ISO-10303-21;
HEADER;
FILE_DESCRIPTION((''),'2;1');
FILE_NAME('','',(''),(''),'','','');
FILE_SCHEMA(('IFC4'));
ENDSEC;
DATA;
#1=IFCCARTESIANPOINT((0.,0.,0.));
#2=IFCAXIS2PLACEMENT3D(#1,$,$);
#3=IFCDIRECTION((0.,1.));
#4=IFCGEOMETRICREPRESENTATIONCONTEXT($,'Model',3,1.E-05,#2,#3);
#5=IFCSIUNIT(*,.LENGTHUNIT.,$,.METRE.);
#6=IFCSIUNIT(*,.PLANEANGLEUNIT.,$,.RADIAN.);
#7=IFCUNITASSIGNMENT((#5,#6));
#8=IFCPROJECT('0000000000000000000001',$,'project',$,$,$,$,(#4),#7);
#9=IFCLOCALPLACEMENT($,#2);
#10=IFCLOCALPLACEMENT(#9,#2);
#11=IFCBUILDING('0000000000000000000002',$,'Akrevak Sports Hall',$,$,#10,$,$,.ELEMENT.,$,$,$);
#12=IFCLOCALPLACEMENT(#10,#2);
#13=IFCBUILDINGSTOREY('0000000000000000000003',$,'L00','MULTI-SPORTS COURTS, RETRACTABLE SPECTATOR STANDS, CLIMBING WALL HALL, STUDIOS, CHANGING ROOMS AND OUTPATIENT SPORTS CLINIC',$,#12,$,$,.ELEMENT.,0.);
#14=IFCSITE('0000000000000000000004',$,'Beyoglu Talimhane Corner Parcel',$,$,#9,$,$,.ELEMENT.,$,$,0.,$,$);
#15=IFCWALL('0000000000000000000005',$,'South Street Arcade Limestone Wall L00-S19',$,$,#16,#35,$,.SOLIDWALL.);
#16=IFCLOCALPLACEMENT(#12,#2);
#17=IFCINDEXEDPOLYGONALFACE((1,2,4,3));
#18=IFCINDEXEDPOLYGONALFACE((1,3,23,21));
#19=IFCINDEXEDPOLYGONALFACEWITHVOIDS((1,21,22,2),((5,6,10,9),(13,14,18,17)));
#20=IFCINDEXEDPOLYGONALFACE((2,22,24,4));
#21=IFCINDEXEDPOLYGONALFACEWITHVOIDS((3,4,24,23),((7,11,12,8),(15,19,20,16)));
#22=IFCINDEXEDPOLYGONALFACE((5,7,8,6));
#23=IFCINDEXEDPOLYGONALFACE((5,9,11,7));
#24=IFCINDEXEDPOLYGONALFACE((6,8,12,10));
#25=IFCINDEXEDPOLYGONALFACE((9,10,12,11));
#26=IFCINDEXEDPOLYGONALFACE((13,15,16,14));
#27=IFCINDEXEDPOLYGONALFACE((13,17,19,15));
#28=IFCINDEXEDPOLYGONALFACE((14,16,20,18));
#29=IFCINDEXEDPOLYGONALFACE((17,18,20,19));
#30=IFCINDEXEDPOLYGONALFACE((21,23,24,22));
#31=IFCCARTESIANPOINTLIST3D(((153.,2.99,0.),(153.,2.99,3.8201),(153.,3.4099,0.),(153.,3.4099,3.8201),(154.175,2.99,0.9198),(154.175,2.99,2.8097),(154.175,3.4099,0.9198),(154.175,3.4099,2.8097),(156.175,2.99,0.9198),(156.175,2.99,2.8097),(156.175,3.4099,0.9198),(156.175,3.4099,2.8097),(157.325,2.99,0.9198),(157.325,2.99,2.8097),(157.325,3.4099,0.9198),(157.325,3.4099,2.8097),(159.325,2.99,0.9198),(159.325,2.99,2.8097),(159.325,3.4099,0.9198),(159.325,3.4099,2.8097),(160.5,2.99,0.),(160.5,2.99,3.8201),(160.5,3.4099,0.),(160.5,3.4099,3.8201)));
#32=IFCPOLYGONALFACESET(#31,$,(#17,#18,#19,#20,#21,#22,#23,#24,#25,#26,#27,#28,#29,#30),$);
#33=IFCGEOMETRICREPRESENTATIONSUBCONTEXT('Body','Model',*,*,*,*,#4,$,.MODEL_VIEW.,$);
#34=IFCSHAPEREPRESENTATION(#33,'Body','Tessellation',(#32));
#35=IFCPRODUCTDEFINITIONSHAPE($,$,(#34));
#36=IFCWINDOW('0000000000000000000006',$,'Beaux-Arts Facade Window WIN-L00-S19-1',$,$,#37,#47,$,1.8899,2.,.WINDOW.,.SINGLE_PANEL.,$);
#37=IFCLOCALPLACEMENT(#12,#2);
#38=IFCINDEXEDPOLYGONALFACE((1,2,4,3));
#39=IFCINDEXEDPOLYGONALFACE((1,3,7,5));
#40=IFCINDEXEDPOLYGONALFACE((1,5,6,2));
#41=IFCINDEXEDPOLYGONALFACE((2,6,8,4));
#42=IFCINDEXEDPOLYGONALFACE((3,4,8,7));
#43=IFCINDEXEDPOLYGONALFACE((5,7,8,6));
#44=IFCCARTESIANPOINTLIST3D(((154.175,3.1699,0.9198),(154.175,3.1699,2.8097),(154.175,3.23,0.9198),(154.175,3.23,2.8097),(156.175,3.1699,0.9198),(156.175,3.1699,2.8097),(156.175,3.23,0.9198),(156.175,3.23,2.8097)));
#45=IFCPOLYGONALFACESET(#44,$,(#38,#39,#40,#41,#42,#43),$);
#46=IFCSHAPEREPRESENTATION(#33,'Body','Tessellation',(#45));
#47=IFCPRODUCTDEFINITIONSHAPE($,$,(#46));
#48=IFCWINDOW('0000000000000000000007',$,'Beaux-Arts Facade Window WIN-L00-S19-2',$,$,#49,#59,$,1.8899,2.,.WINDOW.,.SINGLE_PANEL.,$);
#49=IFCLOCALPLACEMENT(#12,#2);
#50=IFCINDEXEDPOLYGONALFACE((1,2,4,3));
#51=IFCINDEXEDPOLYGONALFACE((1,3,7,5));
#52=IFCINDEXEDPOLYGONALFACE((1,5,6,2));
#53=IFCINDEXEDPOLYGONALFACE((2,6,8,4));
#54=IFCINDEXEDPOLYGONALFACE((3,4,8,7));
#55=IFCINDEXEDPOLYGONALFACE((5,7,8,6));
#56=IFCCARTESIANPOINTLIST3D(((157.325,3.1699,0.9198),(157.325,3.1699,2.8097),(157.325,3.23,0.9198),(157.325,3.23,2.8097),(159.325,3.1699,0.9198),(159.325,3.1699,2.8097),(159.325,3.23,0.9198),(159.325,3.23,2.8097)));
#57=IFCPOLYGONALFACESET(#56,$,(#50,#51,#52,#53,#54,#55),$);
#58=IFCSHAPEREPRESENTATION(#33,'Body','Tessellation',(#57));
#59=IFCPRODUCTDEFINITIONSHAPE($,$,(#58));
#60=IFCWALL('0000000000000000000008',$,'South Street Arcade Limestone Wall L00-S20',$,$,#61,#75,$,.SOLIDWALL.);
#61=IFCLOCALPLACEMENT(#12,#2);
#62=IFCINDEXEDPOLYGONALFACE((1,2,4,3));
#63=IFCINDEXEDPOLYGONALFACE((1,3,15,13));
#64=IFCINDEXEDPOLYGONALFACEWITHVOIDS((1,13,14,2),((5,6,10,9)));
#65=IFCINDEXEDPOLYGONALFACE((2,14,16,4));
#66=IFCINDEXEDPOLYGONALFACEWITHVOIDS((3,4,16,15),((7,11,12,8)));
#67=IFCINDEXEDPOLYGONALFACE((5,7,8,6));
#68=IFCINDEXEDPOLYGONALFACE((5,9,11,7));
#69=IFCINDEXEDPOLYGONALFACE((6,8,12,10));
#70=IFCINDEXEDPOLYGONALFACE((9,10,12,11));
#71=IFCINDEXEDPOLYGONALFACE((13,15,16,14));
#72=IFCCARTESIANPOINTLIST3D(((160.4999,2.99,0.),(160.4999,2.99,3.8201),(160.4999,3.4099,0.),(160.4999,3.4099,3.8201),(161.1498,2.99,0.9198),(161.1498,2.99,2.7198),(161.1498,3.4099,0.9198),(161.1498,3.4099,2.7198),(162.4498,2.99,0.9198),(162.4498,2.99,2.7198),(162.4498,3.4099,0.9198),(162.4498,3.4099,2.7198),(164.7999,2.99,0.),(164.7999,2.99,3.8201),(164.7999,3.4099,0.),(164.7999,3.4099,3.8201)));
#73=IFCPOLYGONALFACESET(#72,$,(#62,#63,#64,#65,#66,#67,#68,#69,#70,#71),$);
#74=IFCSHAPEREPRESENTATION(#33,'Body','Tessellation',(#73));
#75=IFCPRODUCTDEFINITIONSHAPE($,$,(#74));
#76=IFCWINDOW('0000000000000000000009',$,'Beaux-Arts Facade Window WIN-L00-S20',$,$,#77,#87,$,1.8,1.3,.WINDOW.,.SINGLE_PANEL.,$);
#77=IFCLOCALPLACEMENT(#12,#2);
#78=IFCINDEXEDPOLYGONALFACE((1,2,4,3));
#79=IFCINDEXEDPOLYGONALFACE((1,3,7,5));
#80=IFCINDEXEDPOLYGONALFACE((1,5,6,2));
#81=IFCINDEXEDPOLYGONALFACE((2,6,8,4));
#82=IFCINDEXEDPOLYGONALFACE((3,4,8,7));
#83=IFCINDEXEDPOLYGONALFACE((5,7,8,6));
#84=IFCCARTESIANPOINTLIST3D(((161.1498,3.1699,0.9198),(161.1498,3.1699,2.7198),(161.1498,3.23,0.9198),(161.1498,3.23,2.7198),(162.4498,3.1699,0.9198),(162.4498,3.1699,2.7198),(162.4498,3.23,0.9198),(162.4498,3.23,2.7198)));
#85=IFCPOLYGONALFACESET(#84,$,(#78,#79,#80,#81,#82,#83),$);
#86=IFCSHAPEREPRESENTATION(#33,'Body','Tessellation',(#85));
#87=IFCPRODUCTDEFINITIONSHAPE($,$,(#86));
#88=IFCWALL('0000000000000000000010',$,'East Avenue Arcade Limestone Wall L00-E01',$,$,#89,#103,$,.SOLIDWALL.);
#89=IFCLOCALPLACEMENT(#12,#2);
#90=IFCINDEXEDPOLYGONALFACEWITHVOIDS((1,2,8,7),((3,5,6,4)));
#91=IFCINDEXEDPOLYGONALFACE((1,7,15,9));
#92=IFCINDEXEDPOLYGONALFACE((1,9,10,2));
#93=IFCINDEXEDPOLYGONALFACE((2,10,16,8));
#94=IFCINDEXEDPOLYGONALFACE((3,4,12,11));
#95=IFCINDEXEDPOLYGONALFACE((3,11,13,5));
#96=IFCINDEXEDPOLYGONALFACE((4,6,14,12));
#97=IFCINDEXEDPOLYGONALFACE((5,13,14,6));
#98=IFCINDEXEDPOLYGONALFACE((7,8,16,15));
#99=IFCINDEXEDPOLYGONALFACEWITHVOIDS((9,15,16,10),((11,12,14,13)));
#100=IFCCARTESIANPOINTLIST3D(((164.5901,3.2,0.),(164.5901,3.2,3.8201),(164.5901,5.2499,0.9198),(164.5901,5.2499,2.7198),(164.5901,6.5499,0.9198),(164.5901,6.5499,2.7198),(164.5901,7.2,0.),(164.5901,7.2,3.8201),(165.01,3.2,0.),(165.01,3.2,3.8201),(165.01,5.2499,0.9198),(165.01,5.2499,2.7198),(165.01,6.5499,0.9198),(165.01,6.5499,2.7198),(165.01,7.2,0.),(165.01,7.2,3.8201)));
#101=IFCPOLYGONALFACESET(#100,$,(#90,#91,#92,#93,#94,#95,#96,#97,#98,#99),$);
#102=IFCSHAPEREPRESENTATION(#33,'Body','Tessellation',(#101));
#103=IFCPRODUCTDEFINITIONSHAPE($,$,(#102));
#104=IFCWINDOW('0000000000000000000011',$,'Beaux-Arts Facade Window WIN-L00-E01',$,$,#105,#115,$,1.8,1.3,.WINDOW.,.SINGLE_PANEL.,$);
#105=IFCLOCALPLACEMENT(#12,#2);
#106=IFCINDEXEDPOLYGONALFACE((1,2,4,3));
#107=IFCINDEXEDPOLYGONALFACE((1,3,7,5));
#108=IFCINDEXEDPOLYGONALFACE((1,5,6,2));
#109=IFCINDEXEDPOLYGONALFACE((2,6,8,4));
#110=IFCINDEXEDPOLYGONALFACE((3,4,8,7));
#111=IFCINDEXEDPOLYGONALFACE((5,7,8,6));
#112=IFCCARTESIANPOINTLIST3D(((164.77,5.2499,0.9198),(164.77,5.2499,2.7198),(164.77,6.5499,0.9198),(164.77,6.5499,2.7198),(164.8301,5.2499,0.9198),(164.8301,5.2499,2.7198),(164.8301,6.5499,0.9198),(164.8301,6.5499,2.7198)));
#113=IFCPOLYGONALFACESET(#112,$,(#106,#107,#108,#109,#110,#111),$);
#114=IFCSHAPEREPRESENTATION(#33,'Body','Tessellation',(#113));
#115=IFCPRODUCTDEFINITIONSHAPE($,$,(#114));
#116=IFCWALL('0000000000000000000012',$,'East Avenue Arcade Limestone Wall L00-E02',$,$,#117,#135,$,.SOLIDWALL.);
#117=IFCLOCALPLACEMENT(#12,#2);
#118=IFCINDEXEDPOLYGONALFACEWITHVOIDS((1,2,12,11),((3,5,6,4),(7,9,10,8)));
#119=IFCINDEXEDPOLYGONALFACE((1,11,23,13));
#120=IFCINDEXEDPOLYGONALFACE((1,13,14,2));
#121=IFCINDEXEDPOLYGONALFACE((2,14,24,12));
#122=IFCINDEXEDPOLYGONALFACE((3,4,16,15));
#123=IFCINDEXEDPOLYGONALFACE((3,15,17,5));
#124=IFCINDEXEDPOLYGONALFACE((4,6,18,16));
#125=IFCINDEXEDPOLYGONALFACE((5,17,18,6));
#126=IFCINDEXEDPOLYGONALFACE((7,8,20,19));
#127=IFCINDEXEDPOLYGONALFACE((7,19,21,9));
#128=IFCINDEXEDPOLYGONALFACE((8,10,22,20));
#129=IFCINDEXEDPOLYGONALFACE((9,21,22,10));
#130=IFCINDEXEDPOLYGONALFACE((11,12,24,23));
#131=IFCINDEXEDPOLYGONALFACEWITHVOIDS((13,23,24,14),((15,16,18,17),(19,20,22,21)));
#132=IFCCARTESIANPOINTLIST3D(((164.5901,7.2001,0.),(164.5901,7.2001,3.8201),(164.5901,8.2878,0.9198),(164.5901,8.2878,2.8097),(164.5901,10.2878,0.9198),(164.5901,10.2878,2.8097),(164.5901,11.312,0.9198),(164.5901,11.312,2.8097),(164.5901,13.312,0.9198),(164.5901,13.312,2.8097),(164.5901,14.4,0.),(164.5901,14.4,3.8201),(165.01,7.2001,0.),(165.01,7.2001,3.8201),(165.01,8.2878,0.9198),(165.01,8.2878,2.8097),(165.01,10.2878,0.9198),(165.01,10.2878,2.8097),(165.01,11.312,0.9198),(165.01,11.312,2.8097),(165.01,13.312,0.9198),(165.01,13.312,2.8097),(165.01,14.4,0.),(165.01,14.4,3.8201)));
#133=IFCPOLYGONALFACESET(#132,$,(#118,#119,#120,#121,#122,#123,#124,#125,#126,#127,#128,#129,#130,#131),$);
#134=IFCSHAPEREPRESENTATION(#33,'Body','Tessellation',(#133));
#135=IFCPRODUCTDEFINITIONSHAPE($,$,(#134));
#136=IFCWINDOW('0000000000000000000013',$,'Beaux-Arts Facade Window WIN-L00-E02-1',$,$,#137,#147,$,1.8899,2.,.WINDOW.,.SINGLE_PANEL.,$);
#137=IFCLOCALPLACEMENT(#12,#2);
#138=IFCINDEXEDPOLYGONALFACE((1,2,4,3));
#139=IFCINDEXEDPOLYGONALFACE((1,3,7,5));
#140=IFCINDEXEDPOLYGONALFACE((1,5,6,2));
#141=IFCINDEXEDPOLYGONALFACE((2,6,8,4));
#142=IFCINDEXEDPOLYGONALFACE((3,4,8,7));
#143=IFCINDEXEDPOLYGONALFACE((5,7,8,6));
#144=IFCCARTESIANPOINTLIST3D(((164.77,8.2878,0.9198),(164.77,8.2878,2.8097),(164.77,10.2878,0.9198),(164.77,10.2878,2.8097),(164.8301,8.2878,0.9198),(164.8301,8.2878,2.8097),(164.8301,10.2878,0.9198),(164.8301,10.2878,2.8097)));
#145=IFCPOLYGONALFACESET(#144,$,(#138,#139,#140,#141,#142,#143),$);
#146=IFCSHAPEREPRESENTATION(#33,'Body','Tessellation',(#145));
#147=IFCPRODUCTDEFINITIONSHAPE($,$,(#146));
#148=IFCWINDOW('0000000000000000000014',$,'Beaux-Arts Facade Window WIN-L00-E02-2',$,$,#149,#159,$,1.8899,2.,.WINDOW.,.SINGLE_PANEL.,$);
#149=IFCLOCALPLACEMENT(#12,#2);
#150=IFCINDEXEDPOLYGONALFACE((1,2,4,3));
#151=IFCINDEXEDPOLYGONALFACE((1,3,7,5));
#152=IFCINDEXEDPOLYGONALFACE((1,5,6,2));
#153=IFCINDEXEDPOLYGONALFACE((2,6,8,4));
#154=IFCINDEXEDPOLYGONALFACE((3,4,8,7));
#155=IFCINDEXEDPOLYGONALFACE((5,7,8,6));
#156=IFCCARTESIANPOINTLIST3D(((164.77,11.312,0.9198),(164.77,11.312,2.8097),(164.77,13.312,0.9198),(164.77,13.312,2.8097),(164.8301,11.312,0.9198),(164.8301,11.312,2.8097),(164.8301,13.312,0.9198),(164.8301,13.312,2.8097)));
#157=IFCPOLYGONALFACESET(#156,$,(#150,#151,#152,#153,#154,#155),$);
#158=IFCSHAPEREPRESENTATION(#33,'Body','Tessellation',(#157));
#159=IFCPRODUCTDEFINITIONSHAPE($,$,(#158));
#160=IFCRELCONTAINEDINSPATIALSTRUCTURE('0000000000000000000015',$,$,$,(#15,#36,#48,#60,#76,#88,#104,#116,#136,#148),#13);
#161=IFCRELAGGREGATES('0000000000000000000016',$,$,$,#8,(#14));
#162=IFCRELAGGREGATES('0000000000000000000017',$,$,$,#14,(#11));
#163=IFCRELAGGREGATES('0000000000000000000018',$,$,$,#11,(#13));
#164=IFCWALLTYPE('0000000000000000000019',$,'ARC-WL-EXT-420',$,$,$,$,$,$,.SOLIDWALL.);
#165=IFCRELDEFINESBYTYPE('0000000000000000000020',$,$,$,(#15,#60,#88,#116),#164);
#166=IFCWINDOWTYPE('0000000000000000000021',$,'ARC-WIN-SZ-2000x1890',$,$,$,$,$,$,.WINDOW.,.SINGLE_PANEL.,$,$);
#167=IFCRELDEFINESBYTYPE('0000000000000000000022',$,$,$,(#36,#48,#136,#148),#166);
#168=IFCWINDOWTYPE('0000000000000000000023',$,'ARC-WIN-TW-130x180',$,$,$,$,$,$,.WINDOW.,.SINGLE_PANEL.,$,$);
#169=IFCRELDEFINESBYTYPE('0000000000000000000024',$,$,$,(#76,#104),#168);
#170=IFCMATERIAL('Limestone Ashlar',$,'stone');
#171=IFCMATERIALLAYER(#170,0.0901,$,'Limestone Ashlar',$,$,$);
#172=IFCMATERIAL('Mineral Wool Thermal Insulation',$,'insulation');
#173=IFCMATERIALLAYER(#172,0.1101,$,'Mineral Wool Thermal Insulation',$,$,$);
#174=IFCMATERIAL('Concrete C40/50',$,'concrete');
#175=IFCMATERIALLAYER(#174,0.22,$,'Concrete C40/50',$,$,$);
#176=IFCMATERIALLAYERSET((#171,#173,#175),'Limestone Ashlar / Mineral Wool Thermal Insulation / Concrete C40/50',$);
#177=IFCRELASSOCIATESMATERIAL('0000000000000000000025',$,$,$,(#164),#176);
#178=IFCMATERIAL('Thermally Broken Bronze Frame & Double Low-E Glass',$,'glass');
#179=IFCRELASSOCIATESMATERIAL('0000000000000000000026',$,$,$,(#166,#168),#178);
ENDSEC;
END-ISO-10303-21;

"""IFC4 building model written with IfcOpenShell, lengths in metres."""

from ifc_helpers import new_model, si_unit, direction, frame, frame_2d, origin, place, context, subcontext, project, spatial, rectangle, extrude, material, layer, layer_set, type_object, element, fill, save


model = new_model("IFC4")

# Units and contexts
model_context = context("Model", 3, precision=1e-05, world=origin(), true_north=direction((0.0, 1.0)))
body_context = subcontext(model_context, "Body", "Model", "MODEL_VIEW")
ifc_project = project(units=[si_unit("LENGTHUNIT", "METRE"), si_unit("PLANEANGLEUNIT", "RADIAN")], contexts=[model_context])

# Site, building, storey
site_placement = place(None, origin())
site = spatial("IfcSite", under=ifc_project, at=site_placement, Name="Beyoglu Talimhane Corner Parcel", CompositionType="ELEMENT", RefElevation=0.0)
building_placement = place(site_placement, origin())
building = spatial("IfcBuilding", under=site, at=building_placement, Name="Akrevak Sports Hall", CompositionType="ELEMENT")
storey_placement = place(building_placement, origin())
storey = spatial("IfcBuildingStorey", under=building, at=storey_placement, Name="L00", Description="MULTI-SPORTS COURTS, RETRACTABLE SPECTATOR STANDS, CLIMBING WALL HALL, STUDIOS, CHANGING ROOMS AND OUTPATIENT SPORTS CLINIC", CompositionType="ELEMENT", Elevation=0.0)

# Shared definitions
ifc_material_1 = material(Name="Concrete C40/50", Category="concrete")

# Wall, openings, windows
ifc_material_2 = material(Name="Limestone Ashlar", Category="stone")
ifc_layer_1 = layer(ifc_material_2, 0.0901, Name="Limestone Ashlar")
ifc_material_3 = material(Name="Mineral Wool Thermal Insulation", Category="insulation")
ifc_layer_2 = layer(ifc_material_3, 0.1101, Name="Mineral Wool Thermal Insulation")
ifc_layer_3 = layer(ifc_material_1, 0.22, Name="Concrete C40/50")
ifc_layer_set_1 = layer_set([ifc_layer_1, ifc_layer_2, ifc_layer_3], Name="Limestone Ashlar / Mineral Wool Thermal Insulation / Concrete C40/50")
wall_type_1 = type_object("IfcWallType", Name="ARC-WL-EXT-420", PredefinedType="SOLIDWALL", material=ifc_layer_set_1)
ifc_material_4 = material(Name="Thermally Broken Bronze Frame & Double Low-E Glass", Category="glass")
window_type_1 = type_object("IfcWindowType", Name="ARC-WIN-SZ-2000x1890", PartitioningType="SINGLE_PANEL", PredefinedType="WINDOW", material=ifc_material_4)
wall_1_placement = place(storey_placement, frame((153.0, 3.2, 0.0), z_axis=(0.0, 0.0, 1.0), x_axis=(1.0, 0.0, 0.0)))
wall_1 = element("IfcWall", 1, at=wall_1_placement, inside=storey, type_object=wall_type_1, Name="South Street Arcade Limestone Wall L00-S19", PredefinedType="SOLIDWALL", context=body_context, shape_type="SweptSolid", body=[
    extrude(rectangle(XDim=7.5, YDim=0.4199, at=frame_2d((3.75, 0.0))), origin(), (0.0, 0.0, 1.0), 3.8201),
])
opening_1_placement = place(wall_1_placement, frame((1.175, 0.0, 0.9199)))
opening_1 = element("IfcOpeningElement", 2, at=opening_1_placement, cuts=wall_1, PredefinedType="OPENING", context=body_context, shape_type="SweptSolid", body=[
    extrude(rectangle(XDim=2.0, YDim=1.8899, at=frame_2d((1.0, 0.9448))), frame((0.0, 0.2219, 0.0), z_axis=(0.0, -1.0, 0.0), x_axis=(1.0, 0.0, 0.0)), (0.0, 0.0, 1.0), 0.4438),
])
opening_2_placement = place(wall_1_placement, frame((4.325, 0.0, 0.9199)))
opening_2 = element("IfcOpeningElement", 3, at=opening_2_placement, cuts=wall_1, PredefinedType="OPENING", context=body_context, shape_type="SweptSolid", body=[
    extrude(rectangle(XDim=2.0, YDim=1.8899, at=frame_2d((1.0, 0.9448))), frame((0.0, 0.2219, 0.0), z_axis=(0.0, -1.0, 0.0), x_axis=(1.0, 0.0, 0.0)), (0.0, 0.0, 1.0), 0.4438),
])
window_1_placement = place(opening_1_placement, origin())
window_1 = element("IfcWindow", 4, at=window_1_placement, inside=storey, type_object=window_type_1, Name="Beaux-Arts Facade Window WIN-L00-S19-1", OverallHeight=1.8899, OverallWidth=2.0, PartitioningType="SINGLE_PANEL", PredefinedType="WINDOW", context=body_context, shape_type="SweptSolid", body=[
    extrude(rectangle(XDim=2.0, YDim=1.8899, at=frame_2d((1.0, 0.9448))), frame((0.0, 0.03, 0.0), z_axis=(0.0, -1.0, 0.0), x_axis=(1.0, 0.0, 0.0)), (0.0, 0.0, 1.0), 0.0601),
])
fill(opening_1, window_1)
window_2_placement = place(opening_2_placement, origin())
window_2 = element("IfcWindow", 5, at=window_2_placement, inside=storey, type_object=window_type_1, Name="Beaux-Arts Facade Window WIN-L00-S19-2", OverallHeight=1.8899, OverallWidth=2.0, PartitioningType="SINGLE_PANEL", PredefinedType="WINDOW", context=body_context, shape_type="SweptSolid", body=[
    extrude(rectangle(XDim=2.0, YDim=1.8899, at=frame_2d((1.0, 0.9448))), frame((0.0, 0.03, 0.0), z_axis=(0.0, -1.0, 0.0), x_axis=(1.0, 0.0, 0.0)), (0.0, 0.0, 1.0), 0.0601),
])
fill(opening_2, window_2)

# Walls, openings, windows
wall_2_placement = place(storey_placement, frame((160.5, 3.2, 0.0), z_axis=(0.0, 0.0, 1.0), x_axis=(1.0, 0.0, 0.0)))
wall_2 = element("IfcWall", 6, at=wall_2_placement, inside=storey, type_object=wall_type_1, Name="South Street Arcade Limestone Wall L00-S20", PredefinedType="SOLIDWALL", context=body_context, shape_type="SweptSolid", body=[
    extrude(rectangle(XDim=4.3, YDim=0.4199, at=frame_2d((2.1499, 0.0))), origin(), (0.0, 0.0, 1.0), 3.8201),
])
opening_3_placement = place(wall_2_placement, frame((0.6499, 0.0, 0.9199)))
opening_3 = element("IfcOpeningElement", 7, at=opening_3_placement, cuts=wall_2, PredefinedType="OPENING", context=body_context, shape_type="SweptSolid", body=[
    extrude(rectangle(XDim=1.3, YDim=1.8, at=frame_2d((0.6499, 0.8999))), frame((0.0, 0.2219, 0.0), z_axis=(0.0, -1.0, 0.0), x_axis=(1.0, 0.0, 0.0)), (0.0, 0.0, 1.0), 0.4438),
])
window_type_2 = type_object("IfcWindowType", Name="ARC-WIN-TW-130x180", PartitioningType="SINGLE_PANEL", PredefinedType="WINDOW", material=ifc_material_4)
window_3_placement = place(opening_3_placement, origin())
window_3 = element("IfcWindow", 8, at=window_3_placement, inside=storey, type_object=window_type_2, Name="Beaux-Arts Facade Window WIN-L00-S20", OverallHeight=1.8, OverallWidth=1.3, PartitioningType="SINGLE_PANEL", PredefinedType="WINDOW", context=body_context, shape_type="SweptSolid", body=[
    extrude(rectangle(XDim=1.3, YDim=1.8, at=frame_2d((0.6499, 0.8999))), frame((0.0, 0.03, 0.0), z_axis=(0.0, -1.0, 0.0), x_axis=(1.0, 0.0, 0.0)), (0.0, 0.0, 1.0), 0.0601),
])
fill(opening_3, window_3)
wall_3_placement = place(storey_placement, frame((164.8, 3.2, 0.0), z_axis=(0.0, 0.0, 1.0), x_axis=(0.0, 1.0, 0.0)))
wall_3 = element("IfcWall", 9, at=wall_3_placement, inside=storey, type_object=wall_type_1, Name="East Avenue Arcade Limestone Wall L00-E01", PredefinedType="SOLIDWALL", context=body_context, shape_type="SweptSolid", body=[
    extrude(rectangle(XDim=4.0, YDim=0.4199, at=frame_2d((2.0, 0.0))), origin(), (0.0, 0.0, 1.0), 3.8201),
])
opening_4_placement = place(wall_3_placement, frame((2.05, 0.0, 0.9199)))
opening_4 = element("IfcOpeningElement", 10, at=opening_4_placement, cuts=wall_3, PredefinedType="OPENING", context=body_context, shape_type="SweptSolid", body=[
    extrude(rectangle(XDim=1.3, YDim=1.8, at=frame_2d((0.6499, 0.8999))), frame((0.0, 0.2219, 0.0), z_axis=(0.0, -1.0, 0.0), x_axis=(1.0, 0.0, 0.0)), (0.0, 0.0, 1.0), 0.4438),
])
window_4_placement = place(opening_4_placement, origin())
window_4 = element("IfcWindow", 11, at=window_4_placement, inside=storey, type_object=window_type_2, Name="Beaux-Arts Facade Window WIN-L00-E01", OverallHeight=1.8, OverallWidth=1.3, PartitioningType="SINGLE_PANEL", PredefinedType="WINDOW", context=body_context, shape_type="SweptSolid", body=[
    extrude(rectangle(XDim=1.3, YDim=1.8, at=frame_2d((0.6499, 0.8999))), frame((0.0, 0.03, 0.0), z_axis=(0.0, -1.0, 0.0), x_axis=(1.0, 0.0, 0.0)), (0.0, 0.0, 1.0), 0.0601),
])
fill(opening_4, window_4)

# Wall, openings, windows
wall_4_placement = place(storey_placement, frame((164.8, 7.2, 0.0), z_axis=(0.0, 0.0, 1.0), x_axis=(0.0, 1.0, 0.0)))
wall_4 = element("IfcWall", 12, at=wall_4_placement, inside=storey, type_object=wall_type_1, Name="East Avenue Arcade Limestone Wall L00-E02", PredefinedType="SOLIDWALL", context=body_context, shape_type="SweptSolid", body=[
    extrude(rectangle(XDim=7.2, YDim=0.4199, at=frame_2d((3.6001, 0.0))), origin(), (0.0, 0.0, 1.0), 3.8201),
])
opening_5_placement = place(wall_4_placement, frame((1.0879, 0.0, 0.9199)))
opening_5 = element("IfcOpeningElement", 13, at=opening_5_placement, cuts=wall_4, PredefinedType="OPENING", context=body_context, shape_type="SweptSolid", body=[
    extrude(rectangle(XDim=2.0, YDim=1.8899, at=frame_2d((1.0, 0.9448))), frame((0.0, 0.2219, 0.0), z_axis=(0.0, -1.0, 0.0), x_axis=(1.0, 0.0, 0.0)), (0.0, 0.0, 1.0), 0.4438),
])
opening_6_placement = place(wall_4_placement, frame((4.1121, 0.0, 0.9199)))
opening_6 = element("IfcOpeningElement", 14, at=opening_6_placement, cuts=wall_4, PredefinedType="OPENING", context=body_context, shape_type="SweptSolid", body=[
    extrude(rectangle(XDim=2.0, YDim=1.8899, at=frame_2d((1.0, 0.9448))), frame((0.0, 0.2219, 0.0), z_axis=(0.0, -1.0, 0.0), x_axis=(1.0, 0.0, 0.0)), (0.0, 0.0, 1.0), 0.4438),
])
window_5_placement = place(opening_5_placement, origin())
window_5 = element("IfcWindow", 15, at=window_5_placement, inside=storey, type_object=window_type_1, Name="Beaux-Arts Facade Window WIN-L00-E02-1", OverallHeight=1.8899, OverallWidth=2.0, PartitioningType="SINGLE_PANEL", PredefinedType="WINDOW", context=body_context, shape_type="SweptSolid", body=[
    extrude(rectangle(XDim=2.0, YDim=1.8899, at=frame_2d((1.0, 0.9448))), frame((0.0, 0.03, 0.0), z_axis=(0.0, -1.0, 0.0), x_axis=(1.0, 0.0, 0.0)), (0.0, 0.0, 1.0), 0.0601),
])
fill(opening_5, window_5)
window_6_placement = place(opening_6_placement, origin())
window_6 = element("IfcWindow", 16, at=window_6_placement, inside=storey, type_object=window_type_1, Name="Beaux-Arts Facade Window WIN-L00-E02-2", OverallHeight=1.8899, OverallWidth=2.0, PartitioningType="SINGLE_PANEL", PredefinedType="WINDOW", context=body_context, shape_type="SweptSolid", body=[
    extrude(rectangle(XDim=2.0, YDim=1.8899, at=frame_2d((1.0, 0.9448))), frame((0.0, 0.03, 0.0), z_axis=(0.0, -1.0, 0.0), x_axis=(1.0, 0.0, 0.0)), (0.0, 0.0, 1.0), 0.0601),
])
fill(opening_6, window_6)

save(model, "model.ifc")
